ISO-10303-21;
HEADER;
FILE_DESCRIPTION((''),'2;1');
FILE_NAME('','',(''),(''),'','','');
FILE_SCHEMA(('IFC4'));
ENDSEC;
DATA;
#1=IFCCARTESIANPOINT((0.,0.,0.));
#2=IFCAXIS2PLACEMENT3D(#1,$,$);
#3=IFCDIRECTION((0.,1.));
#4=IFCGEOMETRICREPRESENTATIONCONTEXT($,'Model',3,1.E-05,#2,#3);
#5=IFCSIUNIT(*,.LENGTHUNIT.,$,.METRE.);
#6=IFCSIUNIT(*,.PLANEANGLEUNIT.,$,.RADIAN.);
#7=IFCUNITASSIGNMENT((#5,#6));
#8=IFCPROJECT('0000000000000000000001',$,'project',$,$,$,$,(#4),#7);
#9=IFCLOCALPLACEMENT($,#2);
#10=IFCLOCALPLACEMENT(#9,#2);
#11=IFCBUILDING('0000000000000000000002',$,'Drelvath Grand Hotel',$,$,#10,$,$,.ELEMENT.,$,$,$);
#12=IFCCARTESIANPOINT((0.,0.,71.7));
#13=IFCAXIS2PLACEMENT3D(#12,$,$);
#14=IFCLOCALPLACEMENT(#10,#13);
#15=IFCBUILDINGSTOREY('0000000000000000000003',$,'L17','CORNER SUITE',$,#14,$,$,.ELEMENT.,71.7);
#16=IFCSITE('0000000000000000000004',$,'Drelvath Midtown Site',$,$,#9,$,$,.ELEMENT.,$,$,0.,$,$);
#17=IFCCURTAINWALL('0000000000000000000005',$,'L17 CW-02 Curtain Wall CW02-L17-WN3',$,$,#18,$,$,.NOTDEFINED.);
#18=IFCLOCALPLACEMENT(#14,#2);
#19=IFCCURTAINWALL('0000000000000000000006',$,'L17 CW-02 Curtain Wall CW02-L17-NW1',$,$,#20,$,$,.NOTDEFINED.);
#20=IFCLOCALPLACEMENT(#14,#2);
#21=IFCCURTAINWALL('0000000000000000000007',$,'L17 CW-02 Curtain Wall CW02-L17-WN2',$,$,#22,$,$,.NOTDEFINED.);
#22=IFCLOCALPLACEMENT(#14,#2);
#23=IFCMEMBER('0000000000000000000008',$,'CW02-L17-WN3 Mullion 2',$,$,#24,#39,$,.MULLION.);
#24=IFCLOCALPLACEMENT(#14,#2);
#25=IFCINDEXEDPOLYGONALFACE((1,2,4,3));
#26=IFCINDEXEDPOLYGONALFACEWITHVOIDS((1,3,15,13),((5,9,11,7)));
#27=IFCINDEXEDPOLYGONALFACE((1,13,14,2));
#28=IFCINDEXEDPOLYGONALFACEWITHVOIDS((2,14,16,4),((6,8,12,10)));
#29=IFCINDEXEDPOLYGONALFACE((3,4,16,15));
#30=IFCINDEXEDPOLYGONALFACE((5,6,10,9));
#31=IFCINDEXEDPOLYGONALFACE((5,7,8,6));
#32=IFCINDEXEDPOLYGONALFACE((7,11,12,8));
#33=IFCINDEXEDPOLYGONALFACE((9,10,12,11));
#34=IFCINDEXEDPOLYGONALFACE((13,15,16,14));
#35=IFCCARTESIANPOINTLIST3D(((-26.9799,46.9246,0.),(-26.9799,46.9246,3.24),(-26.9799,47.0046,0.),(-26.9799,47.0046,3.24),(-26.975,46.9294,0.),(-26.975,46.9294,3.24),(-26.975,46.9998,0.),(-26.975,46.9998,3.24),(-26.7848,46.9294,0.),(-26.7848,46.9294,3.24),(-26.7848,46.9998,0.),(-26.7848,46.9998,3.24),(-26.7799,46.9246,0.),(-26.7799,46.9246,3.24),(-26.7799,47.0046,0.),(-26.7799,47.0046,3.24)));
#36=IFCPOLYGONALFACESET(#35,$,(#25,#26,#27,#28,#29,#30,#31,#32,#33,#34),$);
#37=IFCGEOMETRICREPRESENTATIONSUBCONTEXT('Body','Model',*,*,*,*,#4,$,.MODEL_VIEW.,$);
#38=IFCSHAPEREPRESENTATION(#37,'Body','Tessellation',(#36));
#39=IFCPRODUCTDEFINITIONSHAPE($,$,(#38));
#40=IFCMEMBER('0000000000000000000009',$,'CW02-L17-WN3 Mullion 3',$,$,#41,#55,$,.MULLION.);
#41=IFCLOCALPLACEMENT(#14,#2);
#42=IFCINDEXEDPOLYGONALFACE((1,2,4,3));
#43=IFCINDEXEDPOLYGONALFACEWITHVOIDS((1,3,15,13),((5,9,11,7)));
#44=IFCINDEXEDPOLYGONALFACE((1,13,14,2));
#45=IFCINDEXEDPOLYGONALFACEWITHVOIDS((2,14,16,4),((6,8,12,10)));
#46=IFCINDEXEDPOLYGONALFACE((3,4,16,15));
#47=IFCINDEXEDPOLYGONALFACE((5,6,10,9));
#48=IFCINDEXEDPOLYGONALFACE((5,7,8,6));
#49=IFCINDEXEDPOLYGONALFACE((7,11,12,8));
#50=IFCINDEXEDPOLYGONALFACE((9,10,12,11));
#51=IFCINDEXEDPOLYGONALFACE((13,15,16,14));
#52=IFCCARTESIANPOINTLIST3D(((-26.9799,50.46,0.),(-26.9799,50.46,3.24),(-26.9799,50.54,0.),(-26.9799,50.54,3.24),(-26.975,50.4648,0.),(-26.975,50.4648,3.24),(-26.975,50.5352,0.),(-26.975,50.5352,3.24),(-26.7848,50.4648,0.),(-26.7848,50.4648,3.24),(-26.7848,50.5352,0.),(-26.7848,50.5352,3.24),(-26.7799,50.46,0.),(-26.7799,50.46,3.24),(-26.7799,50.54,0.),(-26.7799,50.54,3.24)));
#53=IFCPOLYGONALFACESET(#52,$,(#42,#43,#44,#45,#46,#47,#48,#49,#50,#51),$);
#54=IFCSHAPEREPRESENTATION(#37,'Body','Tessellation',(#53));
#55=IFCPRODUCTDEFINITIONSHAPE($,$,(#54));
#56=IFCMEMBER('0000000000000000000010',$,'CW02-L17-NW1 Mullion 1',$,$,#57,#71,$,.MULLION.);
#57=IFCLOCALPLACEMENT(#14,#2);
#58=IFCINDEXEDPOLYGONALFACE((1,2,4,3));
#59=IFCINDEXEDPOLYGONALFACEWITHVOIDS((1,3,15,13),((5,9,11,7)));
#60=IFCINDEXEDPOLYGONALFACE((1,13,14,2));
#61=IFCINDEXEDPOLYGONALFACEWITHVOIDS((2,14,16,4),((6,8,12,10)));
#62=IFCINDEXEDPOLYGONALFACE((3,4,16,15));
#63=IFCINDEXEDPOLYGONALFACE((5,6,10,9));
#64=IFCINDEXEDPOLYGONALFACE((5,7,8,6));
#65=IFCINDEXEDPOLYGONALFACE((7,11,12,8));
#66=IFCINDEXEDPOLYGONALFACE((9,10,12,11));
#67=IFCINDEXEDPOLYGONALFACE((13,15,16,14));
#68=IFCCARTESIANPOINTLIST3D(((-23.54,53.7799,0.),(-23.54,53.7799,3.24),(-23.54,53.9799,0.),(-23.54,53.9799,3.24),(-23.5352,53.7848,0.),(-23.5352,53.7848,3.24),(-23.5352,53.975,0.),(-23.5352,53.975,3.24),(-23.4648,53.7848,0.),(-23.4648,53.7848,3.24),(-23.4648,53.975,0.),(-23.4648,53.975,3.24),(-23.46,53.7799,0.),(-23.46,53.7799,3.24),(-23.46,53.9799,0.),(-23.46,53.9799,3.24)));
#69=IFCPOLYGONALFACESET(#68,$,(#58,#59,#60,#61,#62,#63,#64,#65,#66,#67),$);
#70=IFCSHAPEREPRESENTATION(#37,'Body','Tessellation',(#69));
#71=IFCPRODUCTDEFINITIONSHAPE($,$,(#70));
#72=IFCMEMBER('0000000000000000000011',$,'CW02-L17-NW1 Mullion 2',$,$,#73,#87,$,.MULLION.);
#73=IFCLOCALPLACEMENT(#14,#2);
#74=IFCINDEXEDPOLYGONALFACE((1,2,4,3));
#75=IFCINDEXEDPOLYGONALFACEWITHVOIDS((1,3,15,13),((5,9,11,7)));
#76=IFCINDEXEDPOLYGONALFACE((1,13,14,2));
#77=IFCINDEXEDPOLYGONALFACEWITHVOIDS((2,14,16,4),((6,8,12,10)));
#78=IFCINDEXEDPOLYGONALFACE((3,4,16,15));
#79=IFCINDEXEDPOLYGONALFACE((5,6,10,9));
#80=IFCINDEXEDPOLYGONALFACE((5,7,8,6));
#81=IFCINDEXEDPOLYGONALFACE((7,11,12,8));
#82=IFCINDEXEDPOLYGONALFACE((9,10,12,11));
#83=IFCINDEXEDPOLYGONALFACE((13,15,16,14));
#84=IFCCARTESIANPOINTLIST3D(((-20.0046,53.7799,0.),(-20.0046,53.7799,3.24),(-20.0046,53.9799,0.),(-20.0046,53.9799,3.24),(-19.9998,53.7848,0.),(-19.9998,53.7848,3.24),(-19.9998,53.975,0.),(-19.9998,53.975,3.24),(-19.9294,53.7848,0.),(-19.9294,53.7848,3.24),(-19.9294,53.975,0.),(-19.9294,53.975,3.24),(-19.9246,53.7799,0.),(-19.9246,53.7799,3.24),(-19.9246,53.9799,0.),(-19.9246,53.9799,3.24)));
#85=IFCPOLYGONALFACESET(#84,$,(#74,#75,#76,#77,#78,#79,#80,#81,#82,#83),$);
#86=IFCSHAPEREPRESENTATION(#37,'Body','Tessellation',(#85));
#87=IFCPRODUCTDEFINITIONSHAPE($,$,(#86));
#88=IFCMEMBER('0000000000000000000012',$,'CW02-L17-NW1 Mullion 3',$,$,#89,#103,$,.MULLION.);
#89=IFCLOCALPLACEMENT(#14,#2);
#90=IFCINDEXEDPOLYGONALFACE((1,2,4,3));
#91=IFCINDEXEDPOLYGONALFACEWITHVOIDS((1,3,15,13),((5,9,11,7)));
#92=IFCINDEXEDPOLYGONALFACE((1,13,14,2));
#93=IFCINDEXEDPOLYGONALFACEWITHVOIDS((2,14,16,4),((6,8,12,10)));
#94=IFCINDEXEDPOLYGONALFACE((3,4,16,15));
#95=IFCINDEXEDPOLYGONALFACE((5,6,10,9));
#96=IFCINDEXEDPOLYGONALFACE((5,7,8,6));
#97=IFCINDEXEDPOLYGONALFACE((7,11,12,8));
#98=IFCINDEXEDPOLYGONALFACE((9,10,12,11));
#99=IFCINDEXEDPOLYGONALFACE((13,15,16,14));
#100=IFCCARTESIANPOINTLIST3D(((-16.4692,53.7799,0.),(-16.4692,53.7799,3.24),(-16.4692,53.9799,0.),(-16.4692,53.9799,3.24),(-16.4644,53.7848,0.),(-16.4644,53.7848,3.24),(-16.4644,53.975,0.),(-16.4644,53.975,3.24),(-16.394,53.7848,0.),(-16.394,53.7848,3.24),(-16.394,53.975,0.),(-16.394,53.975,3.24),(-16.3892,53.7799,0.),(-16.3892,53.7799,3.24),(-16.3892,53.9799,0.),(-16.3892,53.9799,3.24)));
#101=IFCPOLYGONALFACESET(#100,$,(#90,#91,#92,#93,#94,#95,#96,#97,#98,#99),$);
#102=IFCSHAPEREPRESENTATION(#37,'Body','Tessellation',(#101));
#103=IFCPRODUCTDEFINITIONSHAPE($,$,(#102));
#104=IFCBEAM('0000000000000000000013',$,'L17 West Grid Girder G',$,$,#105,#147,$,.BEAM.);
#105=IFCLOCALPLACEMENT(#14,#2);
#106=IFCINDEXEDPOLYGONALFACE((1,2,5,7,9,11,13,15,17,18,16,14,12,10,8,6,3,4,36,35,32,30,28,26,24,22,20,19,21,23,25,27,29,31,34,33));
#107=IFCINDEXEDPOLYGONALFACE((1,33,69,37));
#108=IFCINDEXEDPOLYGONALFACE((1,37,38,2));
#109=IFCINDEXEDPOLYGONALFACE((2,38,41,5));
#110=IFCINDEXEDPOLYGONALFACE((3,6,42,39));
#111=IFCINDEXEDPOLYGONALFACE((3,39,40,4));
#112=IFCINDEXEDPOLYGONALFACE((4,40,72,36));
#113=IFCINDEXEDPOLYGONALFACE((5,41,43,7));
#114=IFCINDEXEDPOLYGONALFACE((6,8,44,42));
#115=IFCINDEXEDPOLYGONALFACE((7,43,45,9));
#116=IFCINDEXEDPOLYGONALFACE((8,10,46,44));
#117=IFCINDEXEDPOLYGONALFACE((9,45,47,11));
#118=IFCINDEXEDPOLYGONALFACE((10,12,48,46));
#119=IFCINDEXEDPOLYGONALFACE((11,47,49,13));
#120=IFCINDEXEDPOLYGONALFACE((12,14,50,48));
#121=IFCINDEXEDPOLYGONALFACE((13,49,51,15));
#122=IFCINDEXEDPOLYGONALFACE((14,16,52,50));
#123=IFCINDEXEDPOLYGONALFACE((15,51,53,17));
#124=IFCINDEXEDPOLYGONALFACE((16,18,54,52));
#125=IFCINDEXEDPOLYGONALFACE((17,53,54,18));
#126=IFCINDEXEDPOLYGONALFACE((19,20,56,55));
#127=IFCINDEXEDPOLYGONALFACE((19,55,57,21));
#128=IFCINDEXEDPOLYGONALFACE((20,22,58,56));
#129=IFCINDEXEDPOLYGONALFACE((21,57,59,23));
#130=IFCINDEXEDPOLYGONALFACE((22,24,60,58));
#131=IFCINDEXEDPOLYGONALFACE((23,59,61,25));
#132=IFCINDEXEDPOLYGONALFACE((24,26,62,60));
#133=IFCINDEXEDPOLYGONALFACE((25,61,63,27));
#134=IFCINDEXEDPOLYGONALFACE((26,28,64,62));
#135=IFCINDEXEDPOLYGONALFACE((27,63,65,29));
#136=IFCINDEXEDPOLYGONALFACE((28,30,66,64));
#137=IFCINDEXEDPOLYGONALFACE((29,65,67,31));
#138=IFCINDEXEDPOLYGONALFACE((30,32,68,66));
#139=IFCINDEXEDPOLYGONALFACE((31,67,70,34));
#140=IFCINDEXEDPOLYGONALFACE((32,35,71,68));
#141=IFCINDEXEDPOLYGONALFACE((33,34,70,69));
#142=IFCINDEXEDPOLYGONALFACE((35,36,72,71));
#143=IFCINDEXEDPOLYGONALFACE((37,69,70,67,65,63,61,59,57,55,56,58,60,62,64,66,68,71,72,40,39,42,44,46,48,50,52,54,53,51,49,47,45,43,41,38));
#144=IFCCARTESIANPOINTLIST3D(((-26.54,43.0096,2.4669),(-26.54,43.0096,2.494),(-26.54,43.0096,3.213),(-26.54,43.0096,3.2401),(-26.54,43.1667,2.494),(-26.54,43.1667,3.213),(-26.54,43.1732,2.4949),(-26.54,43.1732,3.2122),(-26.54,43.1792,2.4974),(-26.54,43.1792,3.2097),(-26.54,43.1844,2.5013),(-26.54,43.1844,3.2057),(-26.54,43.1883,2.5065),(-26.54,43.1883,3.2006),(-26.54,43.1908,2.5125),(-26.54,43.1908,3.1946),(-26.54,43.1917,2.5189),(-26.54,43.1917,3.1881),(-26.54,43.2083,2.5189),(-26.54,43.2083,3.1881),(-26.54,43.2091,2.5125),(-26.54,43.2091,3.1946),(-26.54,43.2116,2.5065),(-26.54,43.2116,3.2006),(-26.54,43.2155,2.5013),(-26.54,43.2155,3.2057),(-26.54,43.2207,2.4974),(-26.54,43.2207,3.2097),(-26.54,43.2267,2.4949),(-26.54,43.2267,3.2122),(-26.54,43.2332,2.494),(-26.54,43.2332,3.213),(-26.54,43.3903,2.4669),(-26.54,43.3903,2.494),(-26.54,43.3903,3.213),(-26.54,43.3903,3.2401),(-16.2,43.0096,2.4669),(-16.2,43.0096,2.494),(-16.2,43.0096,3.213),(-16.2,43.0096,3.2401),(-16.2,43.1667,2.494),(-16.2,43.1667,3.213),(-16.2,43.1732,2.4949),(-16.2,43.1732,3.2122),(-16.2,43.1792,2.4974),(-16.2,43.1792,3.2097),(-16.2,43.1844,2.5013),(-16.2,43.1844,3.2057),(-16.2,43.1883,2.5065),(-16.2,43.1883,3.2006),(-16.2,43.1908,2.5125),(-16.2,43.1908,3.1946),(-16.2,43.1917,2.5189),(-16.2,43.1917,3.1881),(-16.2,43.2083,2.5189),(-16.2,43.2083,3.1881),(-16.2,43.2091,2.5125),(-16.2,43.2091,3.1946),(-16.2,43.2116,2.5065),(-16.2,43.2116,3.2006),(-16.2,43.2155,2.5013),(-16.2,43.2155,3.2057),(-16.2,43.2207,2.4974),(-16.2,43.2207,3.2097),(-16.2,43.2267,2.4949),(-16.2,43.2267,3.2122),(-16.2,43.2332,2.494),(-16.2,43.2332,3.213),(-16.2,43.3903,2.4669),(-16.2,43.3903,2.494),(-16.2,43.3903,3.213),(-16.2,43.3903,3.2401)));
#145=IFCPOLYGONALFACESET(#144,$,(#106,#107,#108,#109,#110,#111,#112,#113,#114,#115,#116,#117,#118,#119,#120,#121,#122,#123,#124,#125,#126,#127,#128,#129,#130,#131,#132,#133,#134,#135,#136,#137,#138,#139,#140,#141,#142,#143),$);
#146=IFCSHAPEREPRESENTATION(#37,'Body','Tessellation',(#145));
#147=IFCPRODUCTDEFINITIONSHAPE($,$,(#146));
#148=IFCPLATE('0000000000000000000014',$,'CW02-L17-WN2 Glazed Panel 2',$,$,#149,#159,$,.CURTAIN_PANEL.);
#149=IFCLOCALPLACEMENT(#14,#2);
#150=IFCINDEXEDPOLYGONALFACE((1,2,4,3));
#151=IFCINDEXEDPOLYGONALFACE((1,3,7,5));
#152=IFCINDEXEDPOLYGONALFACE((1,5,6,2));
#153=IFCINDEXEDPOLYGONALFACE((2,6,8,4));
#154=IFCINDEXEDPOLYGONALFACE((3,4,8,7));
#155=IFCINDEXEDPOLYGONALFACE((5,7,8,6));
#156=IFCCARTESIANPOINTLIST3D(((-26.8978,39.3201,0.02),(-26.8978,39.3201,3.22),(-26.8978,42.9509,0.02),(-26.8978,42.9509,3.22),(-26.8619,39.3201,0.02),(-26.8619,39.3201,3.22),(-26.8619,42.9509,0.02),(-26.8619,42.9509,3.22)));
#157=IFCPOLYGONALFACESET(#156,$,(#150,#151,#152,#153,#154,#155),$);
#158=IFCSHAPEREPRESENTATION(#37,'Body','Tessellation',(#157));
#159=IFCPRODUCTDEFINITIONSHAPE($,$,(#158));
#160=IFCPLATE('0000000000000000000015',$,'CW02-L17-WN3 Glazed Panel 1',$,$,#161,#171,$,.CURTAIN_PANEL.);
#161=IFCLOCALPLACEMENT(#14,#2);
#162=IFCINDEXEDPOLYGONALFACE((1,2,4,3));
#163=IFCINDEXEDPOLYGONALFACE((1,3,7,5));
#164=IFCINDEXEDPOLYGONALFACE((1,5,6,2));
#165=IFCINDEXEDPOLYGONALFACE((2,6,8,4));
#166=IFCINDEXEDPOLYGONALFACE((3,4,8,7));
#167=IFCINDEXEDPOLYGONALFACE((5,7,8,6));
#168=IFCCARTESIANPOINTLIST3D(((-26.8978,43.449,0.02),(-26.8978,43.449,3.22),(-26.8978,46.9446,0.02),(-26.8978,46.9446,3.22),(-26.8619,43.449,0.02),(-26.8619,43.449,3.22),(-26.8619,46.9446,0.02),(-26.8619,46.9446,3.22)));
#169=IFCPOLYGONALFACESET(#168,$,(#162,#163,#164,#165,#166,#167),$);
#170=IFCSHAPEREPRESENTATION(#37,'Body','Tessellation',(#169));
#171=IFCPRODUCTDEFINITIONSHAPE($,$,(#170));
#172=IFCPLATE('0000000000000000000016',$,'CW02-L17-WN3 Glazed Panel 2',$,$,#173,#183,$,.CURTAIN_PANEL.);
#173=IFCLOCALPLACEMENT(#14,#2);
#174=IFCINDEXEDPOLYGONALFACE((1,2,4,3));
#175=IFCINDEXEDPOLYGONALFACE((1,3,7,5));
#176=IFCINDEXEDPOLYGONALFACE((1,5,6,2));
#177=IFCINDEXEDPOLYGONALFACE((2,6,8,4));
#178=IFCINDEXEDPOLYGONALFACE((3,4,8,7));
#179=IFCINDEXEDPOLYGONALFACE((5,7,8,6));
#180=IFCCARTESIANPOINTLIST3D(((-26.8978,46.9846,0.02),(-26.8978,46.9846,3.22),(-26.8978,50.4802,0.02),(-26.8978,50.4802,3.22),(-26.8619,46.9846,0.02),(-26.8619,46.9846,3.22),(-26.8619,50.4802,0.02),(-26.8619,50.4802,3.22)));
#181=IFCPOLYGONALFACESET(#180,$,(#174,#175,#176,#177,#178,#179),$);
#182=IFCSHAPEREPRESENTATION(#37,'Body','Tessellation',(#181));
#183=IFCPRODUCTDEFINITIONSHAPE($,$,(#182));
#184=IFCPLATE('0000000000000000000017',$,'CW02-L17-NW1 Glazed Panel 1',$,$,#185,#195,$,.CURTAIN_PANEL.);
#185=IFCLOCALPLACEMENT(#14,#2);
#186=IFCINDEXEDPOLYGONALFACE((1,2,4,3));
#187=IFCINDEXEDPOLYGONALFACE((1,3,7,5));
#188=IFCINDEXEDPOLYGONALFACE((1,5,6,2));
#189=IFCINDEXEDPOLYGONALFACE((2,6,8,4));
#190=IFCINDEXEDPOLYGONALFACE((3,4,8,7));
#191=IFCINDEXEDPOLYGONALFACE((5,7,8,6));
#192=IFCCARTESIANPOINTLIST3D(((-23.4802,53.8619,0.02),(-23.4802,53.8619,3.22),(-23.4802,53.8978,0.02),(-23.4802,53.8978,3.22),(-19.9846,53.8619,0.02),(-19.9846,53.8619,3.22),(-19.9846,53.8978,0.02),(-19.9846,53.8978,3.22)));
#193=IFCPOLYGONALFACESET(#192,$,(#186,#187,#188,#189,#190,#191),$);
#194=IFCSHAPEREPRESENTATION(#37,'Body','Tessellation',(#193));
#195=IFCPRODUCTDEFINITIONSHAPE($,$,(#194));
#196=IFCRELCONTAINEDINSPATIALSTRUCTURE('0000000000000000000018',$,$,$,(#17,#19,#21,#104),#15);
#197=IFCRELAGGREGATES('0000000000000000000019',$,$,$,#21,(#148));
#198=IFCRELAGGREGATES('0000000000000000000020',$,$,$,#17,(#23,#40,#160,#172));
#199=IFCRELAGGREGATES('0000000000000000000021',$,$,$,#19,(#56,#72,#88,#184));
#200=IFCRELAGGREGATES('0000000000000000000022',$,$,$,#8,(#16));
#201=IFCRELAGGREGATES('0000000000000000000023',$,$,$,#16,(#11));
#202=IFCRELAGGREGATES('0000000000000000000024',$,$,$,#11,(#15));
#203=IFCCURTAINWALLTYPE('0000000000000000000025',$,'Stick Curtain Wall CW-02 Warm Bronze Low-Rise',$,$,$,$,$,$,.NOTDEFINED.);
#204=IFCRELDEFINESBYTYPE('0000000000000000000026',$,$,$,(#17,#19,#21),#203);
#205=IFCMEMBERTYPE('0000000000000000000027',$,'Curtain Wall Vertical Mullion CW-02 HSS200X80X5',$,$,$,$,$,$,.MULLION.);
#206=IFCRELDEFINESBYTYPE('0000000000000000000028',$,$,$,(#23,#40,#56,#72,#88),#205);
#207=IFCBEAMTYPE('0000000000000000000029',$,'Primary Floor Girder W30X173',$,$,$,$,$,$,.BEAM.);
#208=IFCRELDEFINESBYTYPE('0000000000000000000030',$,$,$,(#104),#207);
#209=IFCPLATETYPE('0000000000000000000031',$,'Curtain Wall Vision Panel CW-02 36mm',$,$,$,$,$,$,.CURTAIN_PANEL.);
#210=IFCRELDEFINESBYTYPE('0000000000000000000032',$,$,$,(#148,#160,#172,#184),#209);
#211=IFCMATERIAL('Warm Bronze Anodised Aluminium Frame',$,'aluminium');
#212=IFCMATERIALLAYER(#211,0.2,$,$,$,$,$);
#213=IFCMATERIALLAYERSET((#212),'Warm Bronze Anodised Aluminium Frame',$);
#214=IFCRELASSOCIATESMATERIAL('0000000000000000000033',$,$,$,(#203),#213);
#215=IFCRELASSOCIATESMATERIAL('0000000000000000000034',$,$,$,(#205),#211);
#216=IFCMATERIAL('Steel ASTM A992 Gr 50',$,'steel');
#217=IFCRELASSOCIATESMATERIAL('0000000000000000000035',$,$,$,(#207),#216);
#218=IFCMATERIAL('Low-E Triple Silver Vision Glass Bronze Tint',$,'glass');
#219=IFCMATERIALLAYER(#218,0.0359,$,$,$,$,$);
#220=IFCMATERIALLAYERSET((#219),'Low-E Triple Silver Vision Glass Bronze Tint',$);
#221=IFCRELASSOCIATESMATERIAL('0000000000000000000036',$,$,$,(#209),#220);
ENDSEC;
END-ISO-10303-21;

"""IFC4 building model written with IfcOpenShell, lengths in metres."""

from ifc_helpers import new_model, si_unit, direction, frame, origin, origin_2d, place, context, subcontext, project, spatial, rectangle, hollow_rectangle, i_section, extrude, material, layer, layer_set, material_profile, profile_set, type_object, element, aggregate, save


model = new_model("IFC4")

# Units and contexts
model_context = context("Model", 3, precision=1e-05, world=origin(), true_north=direction((0.0, 1.0)))
body_context = subcontext(model_context, "Body", "Model", "MODEL_VIEW")
ifc_project = project(units=[si_unit("LENGTHUNIT", "METRE"), si_unit("PLANEANGLEUNIT", "RADIAN")], contexts=[model_context])

# Site, building, storey
site_placement = place(None, origin())
site = spatial("IfcSite", under=ifc_project, at=site_placement, Name="Drelvath Midtown Site", CompositionType="ELEMENT", RefElevation=0.0)
building_placement = place(site_placement, origin())
building = spatial("IfcBuilding", under=site, at=building_placement, Name="Drelvath Grand Hotel", CompositionType="ELEMENT")
storey_placement = place(building_placement, frame((0.0, 0.0, 71.7)))
storey = spatial("IfcBuildingStorey", under=building, at=storey_placement, Name="L17", Description="CORNER SUITE", CompositionType="ELEMENT", Elevation=71.7)

# Shared definitions
ifc_material_1 = material(Name="Steel ASTM A992 Gr 50", Category="steel")

# Curtain walls
ifc_material_2 = material(Name="Warm Bronze Anodised Aluminium Frame", Category="aluminium")
ifc_layer_1 = layer(ifc_material_2, 0.2)
ifc_layer_set_1 = layer_set([ifc_layer_1], Name="Warm Bronze Anodised Aluminium Frame")
curtain_wall_type = type_object("IfcCurtainWallType", Name="Stick Curtain Wall CW-02 Warm Bronze Low-Rise", PredefinedType="NOTDEFINED", material=ifc_layer_set_1)
curtain_wall_1_placement = place(storey_placement, origin())
curtain_wall_1 = element("IfcCurtainWall", 1, at=curtain_wall_1_placement, inside=storey, type_object=curtain_wall_type, Name="L17 CW-02 Curtain Wall CW02-L17-WN3", PredefinedType="NOTDEFINED")
curtain_wall_2_placement = place(storey_placement, origin())
curtain_wall_2 = element("IfcCurtainWall", 2, at=curtain_wall_2_placement, inside=storey, type_object=curtain_wall_type, Name="L17 CW-02 Curtain Wall CW02-L17-NW1", PredefinedType="NOTDEFINED")

# Curtain wall
curtain_wall_3_placement = place(storey_placement, origin())
curtain_wall_3 = element("IfcCurtainWall", 3, at=curtain_wall_3_placement, inside=storey, type_object=curtain_wall_type, Name="L17 CW-02 Curtain Wall CW02-L17-WN2", PredefinedType="NOTDEFINED")
ifc_material_profile_1 = material_profile(ifc_material_2, hollow_rectangle(XDim=0.0801, YDim=0.2, WallThickness=0.0049, at=origin_2d()), Name="HSS200X80X5")
ifc_profile_set_1 = profile_set([ifc_material_profile_1], Name="Warm Bronze Anodised Aluminium Frame")
member_type_1 = type_object("IfcMemberType", Name="Curtain Wall Vertical Mullion CW-02 HSS200X80X5", PredefinedType="MULLION", material=ifc_profile_set_1)

# Members
member_1_placement = place(storey_placement, frame((-26.8799, 46.9646, 0.0), z_axis=(0.0, 0.0, 1.0), x_axis=(0.0, 1.0, 0.0)))
member_1 = element("IfcMember", 4, at=member_1_placement, type_object=member_type_1, Name="CW02-L17-WN3 Mullion 2", PredefinedType="MULLION", context=body_context, shape_type="SweptSolid", body=[
    extrude(hollow_rectangle(XDim=0.0801, YDim=0.2, WallThickness=0.0049, at=origin_2d()), origin(), (0.0, 0.0, 1.0), 3.24),
])
member_2_placement = place(storey_placement, frame((-26.8799, 50.5, 0.0), z_axis=(0.0, 0.0, 1.0), x_axis=(0.0, 1.0, 0.0)))
member_2 = element("IfcMember", 5, at=member_2_placement, type_object=member_type_1, Name="CW02-L17-WN3 Mullion 3", PredefinedType="MULLION", context=body_context, shape_type="SweptSolid", body=[
    extrude(hollow_rectangle(XDim=0.0801, YDim=0.2, WallThickness=0.0049, at=origin_2d()), origin(), (0.0, 0.0, 1.0), 3.24),
])
member_3_placement = place(storey_placement, frame((-23.5, 53.8799, 0.0), z_axis=(0.0, 0.0, 1.0), x_axis=(1.0, 0.0, 0.0)))
member_3 = element("IfcMember", 6, at=member_3_placement, type_object=member_type_1, Name="CW02-L17-NW1 Mullion 1", PredefinedType="MULLION", context=body_context, shape_type="SweptSolid", body=[
    extrude(hollow_rectangle(XDim=0.0801, YDim=0.2, WallThickness=0.0049, at=origin_2d()), origin(), (0.0, 0.0, 1.0), 3.24),
])
member_4_placement = place(storey_placement, frame((-19.9646, 53.8799, 0.0), z_axis=(0.0, 0.0, 1.0), x_axis=(1.0, 0.0, 0.0)))
member_4 = element("IfcMember", 7, at=member_4_placement, type_object=member_type_1, Name="CW02-L17-NW1 Mullion 2", PredefinedType="MULLION", context=body_context, shape_type="SweptSolid", body=[
    extrude(hollow_rectangle(XDim=0.0801, YDim=0.2, WallThickness=0.0049, at=origin_2d()), origin(), (0.0, 0.0, 1.0), 3.24),
])
member_5_placement = place(storey_placement, frame((-16.4292, 53.8799, 0.0), z_axis=(0.0, 0.0, 1.0), x_axis=(1.0, 0.0, 0.0)))
member_5 = element("IfcMember", 8, at=member_5_placement, type_object=member_type_1, Name="CW02-L17-NW1 Mullion 3", PredefinedType="MULLION", context=body_context, shape_type="SweptSolid", body=[
    extrude(hollow_rectangle(XDim=0.0801, YDim=0.2, WallThickness=0.0049, at=origin_2d()), origin(), (0.0, 0.0, 1.0), 3.24),
])

# Beam
ifc_material_profile_2 = material_profile(ifc_material_1, i_section(OverallWidth=0.3806, OverallDepth=0.7732, WebThickness=0.0166, FlangeThickness=0.0271, FilletRadius=0.0249, at=origin_2d()), Name="W30X173")
ifc_profile_set_2 = profile_set([ifc_material_profile_2], Name="Steel ASTM A992 Gr 50")
beam_type_1 = type_object("IfcBeamType", Name="Primary Floor Girder W30X173", PredefinedType="BEAM", material=ifc_profile_set_2)
beam_1_placement = place(storey_placement, frame((-26.54, 43.2, 2.8535), z_axis=(1.0, 0.0, 0.0), x_axis=(0.0, 1.0, 0.0)))
element("IfcBeam", 9, at=beam_1_placement, inside=storey, type_object=beam_type_1, Name="L17 West Grid Girder G", PredefinedType="BEAM", context=body_context, shape_type="SweptSolid", body=[
    extrude(i_section(OverallWidth=0.3806, OverallDepth=0.7732, WebThickness=0.0166, FlangeThickness=0.0271, FilletRadius=0.0249, at=origin_2d()), origin(), (0.0, 0.0, 1.0), 10.3401),
])

# Plates
ifc_material_3 = material(Name="Low-E Triple Silver Vision Glass Bronze Tint", Category="glass")
ifc_layer_2 = layer(ifc_material_3, 0.0359)
ifc_layer_set_2 = layer_set([ifc_layer_2], Name="Low-E Triple Silver Vision Glass Bronze Tint")
plate_type = type_object("IfcPlateType", Name="Curtain Wall Vision Panel CW-02 36mm", PredefinedType="CURTAIN_PANEL", material=ifc_layer_set_2)
plate_1_placement = place(storey_placement, frame((-26.8799, 41.1355, 0.02), z_axis=(0.0, 0.0, 1.0), x_axis=(0.0, 1.0, 0.0)))
plate_1 = element("IfcPlate", 10, at=plate_1_placement, type_object=plate_type, Name="CW02-L17-WN2 Glazed Panel 2", PredefinedType="CURTAIN_PANEL", context=body_context, shape_type="SweptSolid", body=[
    extrude(rectangle(XDim=3.6309, YDim=0.0359, at=origin_2d()), origin(), (0.0, 0.0, 1.0), 3.2),
])
aggregate(curtain_wall_3, [plate_1])
plate_2_placement = place(storey_placement, frame((-26.8799, 45.1968, 0.02), z_axis=(0.0, 0.0, 1.0), x_axis=(0.0, 1.0, 0.0)))
plate_2 = element("IfcPlate", 11, at=plate_2_placement, type_object=plate_type, Name="CW02-L17-WN3 Glazed Panel 1", PredefinedType="CURTAIN_PANEL", context=body_context, shape_type="SweptSolid", body=[
    extrude(rectangle(XDim=3.4956, YDim=0.0359, at=origin_2d()), origin(), (0.0, 0.0, 1.0), 3.2),
])
plate_3_placement = place(storey_placement, frame((-26.8799, 48.7324, 0.02), z_axis=(0.0, 0.0, 1.0), x_axis=(0.0, 1.0, 0.0)))
plate_3 = element("IfcPlate", 12, at=plate_3_placement, type_object=plate_type, Name="CW02-L17-WN3 Glazed Panel 2", PredefinedType="CURTAIN_PANEL", context=body_context, shape_type="SweptSolid", body=[
    extrude(rectangle(XDim=3.4956, YDim=0.0359, at=origin_2d()), origin(), (0.0, 0.0, 1.0), 3.2),
])
aggregate(curtain_wall_1, [member_1, member_2, plate_2, plate_3])
plate_4_placement = place(storey_placement, frame((-21.7324, 53.8799, 0.02), z_axis=(0.0, 0.0, 1.0), x_axis=(1.0, 0.0, 0.0)))
plate_4 = element("IfcPlate", 13, at=plate_4_placement, type_object=plate_type, Name="CW02-L17-NW1 Glazed Panel 1", PredefinedType="CURTAIN_PANEL", context=body_context, shape_type="SweptSolid", body=[
    extrude(rectangle(XDim=3.4956, YDim=0.0359, at=origin_2d()), origin(), (0.0, 0.0, 1.0), 3.2),
])
aggregate(curtain_wall_2, [member_3, member_4, member_5, plate_4])

save(model, "model.ifc")
